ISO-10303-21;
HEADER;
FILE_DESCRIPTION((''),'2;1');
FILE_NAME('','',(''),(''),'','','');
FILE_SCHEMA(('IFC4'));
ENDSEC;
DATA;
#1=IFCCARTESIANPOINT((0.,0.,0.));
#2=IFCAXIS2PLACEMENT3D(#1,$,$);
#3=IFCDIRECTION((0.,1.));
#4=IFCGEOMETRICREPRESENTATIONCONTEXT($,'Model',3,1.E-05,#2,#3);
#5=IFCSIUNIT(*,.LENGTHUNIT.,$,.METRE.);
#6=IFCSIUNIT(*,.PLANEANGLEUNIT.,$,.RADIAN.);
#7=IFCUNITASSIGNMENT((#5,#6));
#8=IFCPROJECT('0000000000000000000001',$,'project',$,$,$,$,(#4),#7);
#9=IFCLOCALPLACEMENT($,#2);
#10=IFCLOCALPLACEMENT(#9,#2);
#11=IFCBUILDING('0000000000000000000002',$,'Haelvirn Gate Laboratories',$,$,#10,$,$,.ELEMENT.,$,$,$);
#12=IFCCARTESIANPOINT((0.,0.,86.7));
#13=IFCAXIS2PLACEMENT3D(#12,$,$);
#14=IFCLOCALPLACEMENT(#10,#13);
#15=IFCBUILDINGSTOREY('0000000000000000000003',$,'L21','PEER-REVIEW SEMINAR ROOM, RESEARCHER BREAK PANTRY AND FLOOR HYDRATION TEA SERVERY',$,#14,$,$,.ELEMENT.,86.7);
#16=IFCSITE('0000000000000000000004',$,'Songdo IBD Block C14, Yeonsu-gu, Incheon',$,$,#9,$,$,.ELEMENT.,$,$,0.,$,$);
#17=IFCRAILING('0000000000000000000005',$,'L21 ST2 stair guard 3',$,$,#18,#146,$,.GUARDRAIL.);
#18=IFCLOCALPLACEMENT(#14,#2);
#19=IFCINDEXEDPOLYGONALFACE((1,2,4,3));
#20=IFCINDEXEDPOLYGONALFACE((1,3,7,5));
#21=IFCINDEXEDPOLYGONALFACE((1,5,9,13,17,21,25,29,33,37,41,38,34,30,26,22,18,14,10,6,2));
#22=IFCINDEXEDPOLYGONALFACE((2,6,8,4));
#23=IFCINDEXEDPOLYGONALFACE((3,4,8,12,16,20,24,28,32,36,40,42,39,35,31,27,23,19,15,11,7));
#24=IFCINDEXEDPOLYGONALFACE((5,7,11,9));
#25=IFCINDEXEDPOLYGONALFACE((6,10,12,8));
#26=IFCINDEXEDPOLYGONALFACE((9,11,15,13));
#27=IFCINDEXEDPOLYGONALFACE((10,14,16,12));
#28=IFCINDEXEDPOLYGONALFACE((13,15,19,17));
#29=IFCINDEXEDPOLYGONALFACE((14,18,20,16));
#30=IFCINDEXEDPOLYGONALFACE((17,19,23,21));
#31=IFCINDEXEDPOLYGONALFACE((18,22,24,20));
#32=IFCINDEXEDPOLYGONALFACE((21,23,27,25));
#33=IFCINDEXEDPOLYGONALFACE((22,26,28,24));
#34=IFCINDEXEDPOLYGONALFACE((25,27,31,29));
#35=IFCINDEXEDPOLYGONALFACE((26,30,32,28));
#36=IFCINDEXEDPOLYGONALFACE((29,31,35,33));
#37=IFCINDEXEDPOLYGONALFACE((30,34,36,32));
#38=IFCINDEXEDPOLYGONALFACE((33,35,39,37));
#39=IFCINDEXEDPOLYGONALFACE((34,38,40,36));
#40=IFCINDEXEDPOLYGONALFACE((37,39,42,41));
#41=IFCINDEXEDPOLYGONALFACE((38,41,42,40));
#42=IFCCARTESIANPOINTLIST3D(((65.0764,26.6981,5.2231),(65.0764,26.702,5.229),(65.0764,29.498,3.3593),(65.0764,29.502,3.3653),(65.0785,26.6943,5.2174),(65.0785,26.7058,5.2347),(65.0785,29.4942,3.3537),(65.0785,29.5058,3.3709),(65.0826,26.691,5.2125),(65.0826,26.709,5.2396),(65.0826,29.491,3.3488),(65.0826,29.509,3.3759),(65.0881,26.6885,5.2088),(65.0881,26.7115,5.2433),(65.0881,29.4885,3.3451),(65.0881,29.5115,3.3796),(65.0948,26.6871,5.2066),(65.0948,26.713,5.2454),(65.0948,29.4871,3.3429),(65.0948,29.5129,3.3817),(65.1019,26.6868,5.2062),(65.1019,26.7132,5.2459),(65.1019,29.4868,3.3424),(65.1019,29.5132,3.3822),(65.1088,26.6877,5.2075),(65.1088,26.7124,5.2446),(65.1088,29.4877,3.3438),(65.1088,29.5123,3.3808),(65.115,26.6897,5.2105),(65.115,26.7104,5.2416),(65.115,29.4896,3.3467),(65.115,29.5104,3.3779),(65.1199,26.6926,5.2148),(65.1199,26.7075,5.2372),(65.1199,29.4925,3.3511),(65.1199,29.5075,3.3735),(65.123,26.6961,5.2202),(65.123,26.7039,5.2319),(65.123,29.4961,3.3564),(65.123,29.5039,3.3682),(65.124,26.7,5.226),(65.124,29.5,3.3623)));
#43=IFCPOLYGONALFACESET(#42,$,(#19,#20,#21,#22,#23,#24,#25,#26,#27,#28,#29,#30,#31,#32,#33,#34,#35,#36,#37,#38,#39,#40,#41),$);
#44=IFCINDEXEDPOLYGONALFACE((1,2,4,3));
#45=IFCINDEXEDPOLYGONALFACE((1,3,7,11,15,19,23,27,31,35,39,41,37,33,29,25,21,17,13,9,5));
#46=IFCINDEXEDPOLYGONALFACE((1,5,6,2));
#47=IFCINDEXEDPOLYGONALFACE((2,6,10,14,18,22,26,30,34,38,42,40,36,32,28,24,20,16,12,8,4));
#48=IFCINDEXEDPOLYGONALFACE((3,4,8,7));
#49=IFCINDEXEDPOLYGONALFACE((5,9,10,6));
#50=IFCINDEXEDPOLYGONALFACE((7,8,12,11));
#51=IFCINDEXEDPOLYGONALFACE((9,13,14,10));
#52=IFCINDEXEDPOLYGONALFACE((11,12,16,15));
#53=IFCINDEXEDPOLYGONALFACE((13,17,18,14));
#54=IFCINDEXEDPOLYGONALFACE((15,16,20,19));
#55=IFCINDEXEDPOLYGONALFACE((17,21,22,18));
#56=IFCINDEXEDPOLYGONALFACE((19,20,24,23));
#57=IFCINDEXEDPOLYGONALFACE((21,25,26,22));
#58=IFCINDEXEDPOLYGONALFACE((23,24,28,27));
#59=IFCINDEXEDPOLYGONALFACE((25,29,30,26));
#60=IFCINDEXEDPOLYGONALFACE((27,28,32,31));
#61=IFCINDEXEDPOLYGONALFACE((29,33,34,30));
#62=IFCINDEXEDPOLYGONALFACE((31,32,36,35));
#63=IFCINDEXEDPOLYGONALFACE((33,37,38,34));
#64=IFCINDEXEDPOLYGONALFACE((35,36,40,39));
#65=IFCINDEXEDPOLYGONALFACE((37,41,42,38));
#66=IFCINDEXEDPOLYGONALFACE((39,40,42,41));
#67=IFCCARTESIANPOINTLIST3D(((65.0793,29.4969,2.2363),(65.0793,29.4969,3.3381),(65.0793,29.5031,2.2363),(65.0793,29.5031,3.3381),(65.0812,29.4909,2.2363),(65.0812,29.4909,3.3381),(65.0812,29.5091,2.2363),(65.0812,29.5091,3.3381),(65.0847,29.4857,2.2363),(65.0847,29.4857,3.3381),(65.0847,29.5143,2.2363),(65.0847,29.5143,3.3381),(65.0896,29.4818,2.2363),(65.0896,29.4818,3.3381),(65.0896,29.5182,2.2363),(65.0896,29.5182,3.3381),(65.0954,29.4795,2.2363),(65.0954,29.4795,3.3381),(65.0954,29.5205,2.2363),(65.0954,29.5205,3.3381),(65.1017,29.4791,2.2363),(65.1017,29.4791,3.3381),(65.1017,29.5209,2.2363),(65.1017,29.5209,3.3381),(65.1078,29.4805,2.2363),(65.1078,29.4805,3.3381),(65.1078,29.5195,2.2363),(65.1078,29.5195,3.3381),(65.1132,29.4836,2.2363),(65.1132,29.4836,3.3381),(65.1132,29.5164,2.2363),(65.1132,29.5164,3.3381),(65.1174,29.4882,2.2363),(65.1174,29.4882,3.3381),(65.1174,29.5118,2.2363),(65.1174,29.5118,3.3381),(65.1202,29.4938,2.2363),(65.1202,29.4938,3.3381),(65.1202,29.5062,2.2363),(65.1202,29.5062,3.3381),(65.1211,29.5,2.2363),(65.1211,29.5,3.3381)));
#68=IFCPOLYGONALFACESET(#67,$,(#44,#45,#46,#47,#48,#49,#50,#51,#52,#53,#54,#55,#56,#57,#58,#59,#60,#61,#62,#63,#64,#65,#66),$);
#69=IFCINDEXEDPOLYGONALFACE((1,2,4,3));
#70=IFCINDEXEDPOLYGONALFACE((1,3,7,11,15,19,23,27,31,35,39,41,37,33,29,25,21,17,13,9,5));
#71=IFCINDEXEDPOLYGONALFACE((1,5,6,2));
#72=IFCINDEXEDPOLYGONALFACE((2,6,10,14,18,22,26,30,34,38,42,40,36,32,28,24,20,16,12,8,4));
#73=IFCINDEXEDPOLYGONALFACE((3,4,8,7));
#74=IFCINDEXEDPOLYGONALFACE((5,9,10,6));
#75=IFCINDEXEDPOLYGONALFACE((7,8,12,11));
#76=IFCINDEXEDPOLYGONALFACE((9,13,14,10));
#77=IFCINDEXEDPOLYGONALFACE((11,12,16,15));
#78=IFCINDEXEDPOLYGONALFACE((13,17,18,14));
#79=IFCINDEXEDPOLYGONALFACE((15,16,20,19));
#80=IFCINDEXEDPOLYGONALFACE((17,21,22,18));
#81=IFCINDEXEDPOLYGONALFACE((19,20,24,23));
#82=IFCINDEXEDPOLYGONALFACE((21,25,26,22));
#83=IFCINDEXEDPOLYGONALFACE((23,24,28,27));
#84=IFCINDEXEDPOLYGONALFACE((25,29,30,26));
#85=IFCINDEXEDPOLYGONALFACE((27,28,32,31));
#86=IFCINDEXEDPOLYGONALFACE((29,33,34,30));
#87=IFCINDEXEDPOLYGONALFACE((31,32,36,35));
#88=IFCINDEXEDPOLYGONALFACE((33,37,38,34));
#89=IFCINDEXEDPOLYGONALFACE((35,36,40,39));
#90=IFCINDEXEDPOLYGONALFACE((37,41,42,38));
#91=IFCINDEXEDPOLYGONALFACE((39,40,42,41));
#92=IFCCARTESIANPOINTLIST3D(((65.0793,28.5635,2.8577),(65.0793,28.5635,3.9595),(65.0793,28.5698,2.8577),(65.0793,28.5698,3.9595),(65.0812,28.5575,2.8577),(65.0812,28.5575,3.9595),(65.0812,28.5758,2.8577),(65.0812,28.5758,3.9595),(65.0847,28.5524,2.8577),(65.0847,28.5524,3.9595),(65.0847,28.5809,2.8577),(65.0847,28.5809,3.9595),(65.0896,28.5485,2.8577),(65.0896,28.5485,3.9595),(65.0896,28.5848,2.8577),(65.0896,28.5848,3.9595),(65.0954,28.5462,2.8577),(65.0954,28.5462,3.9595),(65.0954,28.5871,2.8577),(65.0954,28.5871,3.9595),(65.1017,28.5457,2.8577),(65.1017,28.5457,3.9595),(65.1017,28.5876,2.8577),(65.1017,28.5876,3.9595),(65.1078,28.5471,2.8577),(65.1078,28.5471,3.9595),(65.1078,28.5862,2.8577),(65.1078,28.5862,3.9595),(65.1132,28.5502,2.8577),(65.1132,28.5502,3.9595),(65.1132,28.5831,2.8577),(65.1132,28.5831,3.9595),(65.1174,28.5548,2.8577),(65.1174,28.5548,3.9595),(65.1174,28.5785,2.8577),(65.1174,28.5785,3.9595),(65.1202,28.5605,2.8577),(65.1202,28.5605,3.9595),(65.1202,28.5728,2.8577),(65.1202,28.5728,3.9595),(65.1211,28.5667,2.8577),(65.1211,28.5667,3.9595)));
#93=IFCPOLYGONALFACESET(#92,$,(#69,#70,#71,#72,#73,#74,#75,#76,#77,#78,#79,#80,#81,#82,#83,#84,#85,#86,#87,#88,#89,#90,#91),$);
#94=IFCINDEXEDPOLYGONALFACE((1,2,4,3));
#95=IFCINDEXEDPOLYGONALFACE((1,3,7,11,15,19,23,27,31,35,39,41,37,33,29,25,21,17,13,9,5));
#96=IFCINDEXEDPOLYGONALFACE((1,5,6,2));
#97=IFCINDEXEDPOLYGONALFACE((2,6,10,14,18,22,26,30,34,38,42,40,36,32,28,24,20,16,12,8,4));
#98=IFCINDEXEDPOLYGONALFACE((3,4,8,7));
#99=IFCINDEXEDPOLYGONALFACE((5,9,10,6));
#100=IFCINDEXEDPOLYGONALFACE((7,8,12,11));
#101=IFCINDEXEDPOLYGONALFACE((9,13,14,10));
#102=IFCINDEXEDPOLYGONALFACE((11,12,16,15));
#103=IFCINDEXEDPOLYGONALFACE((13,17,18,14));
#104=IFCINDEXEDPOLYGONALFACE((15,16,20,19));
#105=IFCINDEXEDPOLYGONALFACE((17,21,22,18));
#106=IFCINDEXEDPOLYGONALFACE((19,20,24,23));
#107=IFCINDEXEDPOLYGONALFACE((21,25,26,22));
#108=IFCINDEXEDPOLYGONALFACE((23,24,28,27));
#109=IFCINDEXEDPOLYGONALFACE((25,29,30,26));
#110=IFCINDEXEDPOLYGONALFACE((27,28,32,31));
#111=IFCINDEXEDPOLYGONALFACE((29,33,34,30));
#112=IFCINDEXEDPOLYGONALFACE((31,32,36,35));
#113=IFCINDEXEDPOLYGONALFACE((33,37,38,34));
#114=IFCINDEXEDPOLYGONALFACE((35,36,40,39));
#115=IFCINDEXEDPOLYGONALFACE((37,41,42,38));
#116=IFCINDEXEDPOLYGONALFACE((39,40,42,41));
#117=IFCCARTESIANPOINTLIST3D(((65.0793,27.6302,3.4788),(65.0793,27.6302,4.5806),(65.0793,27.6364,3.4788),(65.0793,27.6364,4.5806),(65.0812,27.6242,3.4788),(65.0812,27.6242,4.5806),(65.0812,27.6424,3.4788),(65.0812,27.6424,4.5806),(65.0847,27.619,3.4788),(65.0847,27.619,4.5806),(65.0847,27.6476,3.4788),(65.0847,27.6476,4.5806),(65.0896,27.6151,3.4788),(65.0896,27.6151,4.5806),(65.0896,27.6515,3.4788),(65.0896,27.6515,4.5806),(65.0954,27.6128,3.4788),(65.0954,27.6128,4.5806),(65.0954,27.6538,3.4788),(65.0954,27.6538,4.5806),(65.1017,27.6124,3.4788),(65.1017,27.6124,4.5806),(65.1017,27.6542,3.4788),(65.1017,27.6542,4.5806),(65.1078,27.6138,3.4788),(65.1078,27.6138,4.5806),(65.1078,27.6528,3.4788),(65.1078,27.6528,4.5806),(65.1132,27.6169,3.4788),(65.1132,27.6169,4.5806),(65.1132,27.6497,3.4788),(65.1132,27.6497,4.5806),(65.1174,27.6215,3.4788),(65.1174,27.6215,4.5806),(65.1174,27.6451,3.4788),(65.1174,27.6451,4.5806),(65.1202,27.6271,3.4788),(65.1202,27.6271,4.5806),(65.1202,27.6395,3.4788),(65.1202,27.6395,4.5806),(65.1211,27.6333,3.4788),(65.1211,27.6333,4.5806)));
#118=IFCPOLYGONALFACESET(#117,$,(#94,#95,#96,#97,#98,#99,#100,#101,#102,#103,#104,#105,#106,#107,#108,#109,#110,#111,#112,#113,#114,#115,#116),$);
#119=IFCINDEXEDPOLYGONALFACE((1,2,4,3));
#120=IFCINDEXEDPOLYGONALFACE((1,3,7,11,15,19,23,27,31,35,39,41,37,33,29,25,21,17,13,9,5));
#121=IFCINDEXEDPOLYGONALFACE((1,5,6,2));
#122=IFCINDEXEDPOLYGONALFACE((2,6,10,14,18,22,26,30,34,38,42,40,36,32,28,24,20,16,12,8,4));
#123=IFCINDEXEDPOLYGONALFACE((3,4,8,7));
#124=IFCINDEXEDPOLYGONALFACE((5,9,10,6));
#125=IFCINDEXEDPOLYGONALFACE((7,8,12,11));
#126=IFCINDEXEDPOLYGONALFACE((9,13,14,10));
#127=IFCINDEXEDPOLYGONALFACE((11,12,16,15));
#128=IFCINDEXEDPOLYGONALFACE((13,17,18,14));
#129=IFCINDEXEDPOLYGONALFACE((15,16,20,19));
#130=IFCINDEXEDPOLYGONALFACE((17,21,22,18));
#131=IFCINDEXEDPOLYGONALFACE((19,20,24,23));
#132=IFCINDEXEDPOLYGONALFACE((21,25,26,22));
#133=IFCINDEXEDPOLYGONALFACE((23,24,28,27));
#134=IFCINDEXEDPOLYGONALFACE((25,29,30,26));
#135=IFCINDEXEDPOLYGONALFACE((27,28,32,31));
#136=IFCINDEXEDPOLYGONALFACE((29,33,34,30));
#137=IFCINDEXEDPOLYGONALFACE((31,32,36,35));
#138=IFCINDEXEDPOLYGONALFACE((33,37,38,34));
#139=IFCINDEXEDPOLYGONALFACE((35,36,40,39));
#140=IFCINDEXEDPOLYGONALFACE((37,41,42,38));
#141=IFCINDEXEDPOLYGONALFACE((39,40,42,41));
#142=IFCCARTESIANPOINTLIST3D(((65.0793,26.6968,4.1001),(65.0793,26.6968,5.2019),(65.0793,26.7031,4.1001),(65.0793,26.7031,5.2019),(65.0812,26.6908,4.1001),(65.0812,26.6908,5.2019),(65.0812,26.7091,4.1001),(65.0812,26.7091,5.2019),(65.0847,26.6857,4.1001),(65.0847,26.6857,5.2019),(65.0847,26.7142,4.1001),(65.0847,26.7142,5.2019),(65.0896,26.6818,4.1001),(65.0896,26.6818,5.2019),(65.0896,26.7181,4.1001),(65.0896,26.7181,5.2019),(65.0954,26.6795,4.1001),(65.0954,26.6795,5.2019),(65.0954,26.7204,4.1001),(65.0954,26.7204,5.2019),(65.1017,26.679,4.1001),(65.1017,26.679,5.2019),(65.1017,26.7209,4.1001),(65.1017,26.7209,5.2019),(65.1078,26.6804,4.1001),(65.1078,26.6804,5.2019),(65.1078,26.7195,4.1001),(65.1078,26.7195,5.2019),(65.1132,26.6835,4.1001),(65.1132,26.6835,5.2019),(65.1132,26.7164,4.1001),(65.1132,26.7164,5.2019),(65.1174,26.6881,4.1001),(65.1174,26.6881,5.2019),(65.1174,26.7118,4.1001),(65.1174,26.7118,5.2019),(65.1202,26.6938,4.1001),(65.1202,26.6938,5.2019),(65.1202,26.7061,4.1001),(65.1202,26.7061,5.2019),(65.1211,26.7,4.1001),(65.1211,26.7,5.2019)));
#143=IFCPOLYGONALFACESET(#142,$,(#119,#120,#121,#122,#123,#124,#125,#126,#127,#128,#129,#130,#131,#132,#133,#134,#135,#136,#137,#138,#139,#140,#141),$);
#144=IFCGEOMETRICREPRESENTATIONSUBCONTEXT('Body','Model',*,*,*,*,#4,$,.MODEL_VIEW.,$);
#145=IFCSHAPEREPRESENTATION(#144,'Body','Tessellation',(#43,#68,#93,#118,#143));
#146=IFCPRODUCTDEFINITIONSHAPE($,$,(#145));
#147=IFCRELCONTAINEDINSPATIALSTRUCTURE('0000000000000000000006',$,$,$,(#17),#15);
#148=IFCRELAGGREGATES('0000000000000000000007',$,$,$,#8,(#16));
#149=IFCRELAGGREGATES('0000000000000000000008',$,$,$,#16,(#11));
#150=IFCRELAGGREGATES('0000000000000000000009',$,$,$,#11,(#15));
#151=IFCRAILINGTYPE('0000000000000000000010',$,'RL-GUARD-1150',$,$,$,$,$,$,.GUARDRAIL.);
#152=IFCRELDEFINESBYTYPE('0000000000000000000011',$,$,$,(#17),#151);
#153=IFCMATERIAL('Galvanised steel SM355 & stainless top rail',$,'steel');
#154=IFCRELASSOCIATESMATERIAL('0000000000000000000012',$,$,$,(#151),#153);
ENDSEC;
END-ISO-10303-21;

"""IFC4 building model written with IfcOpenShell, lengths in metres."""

from ifc_helpers import new_model, si_unit, direction, frame, origin, origin_2d, place, context, subcontext, project, spatial, circle, extrude, source, transform, mapped, material, type_object, element, save


model = new_model("IFC4")

# Units and contexts
model_context = context("Model", 3, precision=1e-05, world=origin(), true_north=direction((0.0, 1.0)))
body_context = subcontext(model_context, "Body", "Model", "MODEL_VIEW")
ifc_project = project(units=[si_unit("LENGTHUNIT", "METRE"), si_unit("PLANEANGLEUNIT", "RADIAN")], contexts=[model_context])

# Site, building, storey
site_placement = place(None, origin())
site = spatial("IfcSite", under=ifc_project, at=site_placement, Name="Songdo IBD Block C14, Yeonsu-gu, Incheon", CompositionType="ELEMENT", RefElevation=0.0)
building_placement = place(site_placement, origin())
building = spatial("IfcBuilding", under=site, at=building_placement, Name="Haelvirn Gate Laboratories", CompositionType="ELEMENT")
storey_placement = place(building_placement, frame((0.0, 0.0, 86.7)))
storey = spatial("IfcBuildingStorey", under=building, at=storey_placement, Name="L21", Description="PEER-REVIEW SEMINAR ROOM, RESEARCHER BREAK PANTRY AND FLOOR HYDRATION TEA SERVERY", CompositionType="ELEMENT", Elevation=86.7)

# Railing
ifc_material_1 = material(Name="Galvanised steel SM355 & stainless top rail", Category="steel")
railing_type_1 = type_object("IfcRailingType", Name="RL-GUARD-1150", PredefinedType="GUARDRAIL", material=ifc_material_1)
shared_shape_1 = source(origin(), body_context, "Body", "SweptSolid", [
    extrude(circle(Radius=0.0239, at=origin_2d()), frame((0.0, 0.0, 1.126), z_axis=(0.0, -0.832452, 0.554097), x_axis=(1.0, 0.0, 0.0)), (0.0, 0.0, 1.0), 3.3635),
    extrude(circle(Radius=0.021, at=origin_2d()), origin(), (0.0, 0.0, 1.0), 1.1018),
    extrude(circle(Radius=0.021, at=origin_2d()), frame((0.0, -0.9333, 0.6213)), (0.0, 0.0, 1.0), 1.1018),
    extrude(circle(Radius=0.021, at=origin_2d()), frame((0.0, -1.8667, 1.2424)), (0.0, 0.0, 1.0), 1.1018),
    extrude(circle(Radius=0.021, at=origin_2d()), frame((0.0, -2.8, 1.8638)), (0.0, 0.0, 1.0), 1.1018),
])
railing_1_placement = place(storey_placement, frame((65.1001, 29.5, 2.2363)))
element("IfcRailing", 1, at=railing_1_placement, inside=storey, type_object=railing_type_1, Name="L21 ST2 stair guard 3", PredefinedType="GUARDRAIL", context=body_context, shape_type="MappedRepresentation", body=[
    mapped(shared_shape_1, transform((0.0, 0.0, 0.0), scale=1.0)),
])

save(model, "model.ifc")
